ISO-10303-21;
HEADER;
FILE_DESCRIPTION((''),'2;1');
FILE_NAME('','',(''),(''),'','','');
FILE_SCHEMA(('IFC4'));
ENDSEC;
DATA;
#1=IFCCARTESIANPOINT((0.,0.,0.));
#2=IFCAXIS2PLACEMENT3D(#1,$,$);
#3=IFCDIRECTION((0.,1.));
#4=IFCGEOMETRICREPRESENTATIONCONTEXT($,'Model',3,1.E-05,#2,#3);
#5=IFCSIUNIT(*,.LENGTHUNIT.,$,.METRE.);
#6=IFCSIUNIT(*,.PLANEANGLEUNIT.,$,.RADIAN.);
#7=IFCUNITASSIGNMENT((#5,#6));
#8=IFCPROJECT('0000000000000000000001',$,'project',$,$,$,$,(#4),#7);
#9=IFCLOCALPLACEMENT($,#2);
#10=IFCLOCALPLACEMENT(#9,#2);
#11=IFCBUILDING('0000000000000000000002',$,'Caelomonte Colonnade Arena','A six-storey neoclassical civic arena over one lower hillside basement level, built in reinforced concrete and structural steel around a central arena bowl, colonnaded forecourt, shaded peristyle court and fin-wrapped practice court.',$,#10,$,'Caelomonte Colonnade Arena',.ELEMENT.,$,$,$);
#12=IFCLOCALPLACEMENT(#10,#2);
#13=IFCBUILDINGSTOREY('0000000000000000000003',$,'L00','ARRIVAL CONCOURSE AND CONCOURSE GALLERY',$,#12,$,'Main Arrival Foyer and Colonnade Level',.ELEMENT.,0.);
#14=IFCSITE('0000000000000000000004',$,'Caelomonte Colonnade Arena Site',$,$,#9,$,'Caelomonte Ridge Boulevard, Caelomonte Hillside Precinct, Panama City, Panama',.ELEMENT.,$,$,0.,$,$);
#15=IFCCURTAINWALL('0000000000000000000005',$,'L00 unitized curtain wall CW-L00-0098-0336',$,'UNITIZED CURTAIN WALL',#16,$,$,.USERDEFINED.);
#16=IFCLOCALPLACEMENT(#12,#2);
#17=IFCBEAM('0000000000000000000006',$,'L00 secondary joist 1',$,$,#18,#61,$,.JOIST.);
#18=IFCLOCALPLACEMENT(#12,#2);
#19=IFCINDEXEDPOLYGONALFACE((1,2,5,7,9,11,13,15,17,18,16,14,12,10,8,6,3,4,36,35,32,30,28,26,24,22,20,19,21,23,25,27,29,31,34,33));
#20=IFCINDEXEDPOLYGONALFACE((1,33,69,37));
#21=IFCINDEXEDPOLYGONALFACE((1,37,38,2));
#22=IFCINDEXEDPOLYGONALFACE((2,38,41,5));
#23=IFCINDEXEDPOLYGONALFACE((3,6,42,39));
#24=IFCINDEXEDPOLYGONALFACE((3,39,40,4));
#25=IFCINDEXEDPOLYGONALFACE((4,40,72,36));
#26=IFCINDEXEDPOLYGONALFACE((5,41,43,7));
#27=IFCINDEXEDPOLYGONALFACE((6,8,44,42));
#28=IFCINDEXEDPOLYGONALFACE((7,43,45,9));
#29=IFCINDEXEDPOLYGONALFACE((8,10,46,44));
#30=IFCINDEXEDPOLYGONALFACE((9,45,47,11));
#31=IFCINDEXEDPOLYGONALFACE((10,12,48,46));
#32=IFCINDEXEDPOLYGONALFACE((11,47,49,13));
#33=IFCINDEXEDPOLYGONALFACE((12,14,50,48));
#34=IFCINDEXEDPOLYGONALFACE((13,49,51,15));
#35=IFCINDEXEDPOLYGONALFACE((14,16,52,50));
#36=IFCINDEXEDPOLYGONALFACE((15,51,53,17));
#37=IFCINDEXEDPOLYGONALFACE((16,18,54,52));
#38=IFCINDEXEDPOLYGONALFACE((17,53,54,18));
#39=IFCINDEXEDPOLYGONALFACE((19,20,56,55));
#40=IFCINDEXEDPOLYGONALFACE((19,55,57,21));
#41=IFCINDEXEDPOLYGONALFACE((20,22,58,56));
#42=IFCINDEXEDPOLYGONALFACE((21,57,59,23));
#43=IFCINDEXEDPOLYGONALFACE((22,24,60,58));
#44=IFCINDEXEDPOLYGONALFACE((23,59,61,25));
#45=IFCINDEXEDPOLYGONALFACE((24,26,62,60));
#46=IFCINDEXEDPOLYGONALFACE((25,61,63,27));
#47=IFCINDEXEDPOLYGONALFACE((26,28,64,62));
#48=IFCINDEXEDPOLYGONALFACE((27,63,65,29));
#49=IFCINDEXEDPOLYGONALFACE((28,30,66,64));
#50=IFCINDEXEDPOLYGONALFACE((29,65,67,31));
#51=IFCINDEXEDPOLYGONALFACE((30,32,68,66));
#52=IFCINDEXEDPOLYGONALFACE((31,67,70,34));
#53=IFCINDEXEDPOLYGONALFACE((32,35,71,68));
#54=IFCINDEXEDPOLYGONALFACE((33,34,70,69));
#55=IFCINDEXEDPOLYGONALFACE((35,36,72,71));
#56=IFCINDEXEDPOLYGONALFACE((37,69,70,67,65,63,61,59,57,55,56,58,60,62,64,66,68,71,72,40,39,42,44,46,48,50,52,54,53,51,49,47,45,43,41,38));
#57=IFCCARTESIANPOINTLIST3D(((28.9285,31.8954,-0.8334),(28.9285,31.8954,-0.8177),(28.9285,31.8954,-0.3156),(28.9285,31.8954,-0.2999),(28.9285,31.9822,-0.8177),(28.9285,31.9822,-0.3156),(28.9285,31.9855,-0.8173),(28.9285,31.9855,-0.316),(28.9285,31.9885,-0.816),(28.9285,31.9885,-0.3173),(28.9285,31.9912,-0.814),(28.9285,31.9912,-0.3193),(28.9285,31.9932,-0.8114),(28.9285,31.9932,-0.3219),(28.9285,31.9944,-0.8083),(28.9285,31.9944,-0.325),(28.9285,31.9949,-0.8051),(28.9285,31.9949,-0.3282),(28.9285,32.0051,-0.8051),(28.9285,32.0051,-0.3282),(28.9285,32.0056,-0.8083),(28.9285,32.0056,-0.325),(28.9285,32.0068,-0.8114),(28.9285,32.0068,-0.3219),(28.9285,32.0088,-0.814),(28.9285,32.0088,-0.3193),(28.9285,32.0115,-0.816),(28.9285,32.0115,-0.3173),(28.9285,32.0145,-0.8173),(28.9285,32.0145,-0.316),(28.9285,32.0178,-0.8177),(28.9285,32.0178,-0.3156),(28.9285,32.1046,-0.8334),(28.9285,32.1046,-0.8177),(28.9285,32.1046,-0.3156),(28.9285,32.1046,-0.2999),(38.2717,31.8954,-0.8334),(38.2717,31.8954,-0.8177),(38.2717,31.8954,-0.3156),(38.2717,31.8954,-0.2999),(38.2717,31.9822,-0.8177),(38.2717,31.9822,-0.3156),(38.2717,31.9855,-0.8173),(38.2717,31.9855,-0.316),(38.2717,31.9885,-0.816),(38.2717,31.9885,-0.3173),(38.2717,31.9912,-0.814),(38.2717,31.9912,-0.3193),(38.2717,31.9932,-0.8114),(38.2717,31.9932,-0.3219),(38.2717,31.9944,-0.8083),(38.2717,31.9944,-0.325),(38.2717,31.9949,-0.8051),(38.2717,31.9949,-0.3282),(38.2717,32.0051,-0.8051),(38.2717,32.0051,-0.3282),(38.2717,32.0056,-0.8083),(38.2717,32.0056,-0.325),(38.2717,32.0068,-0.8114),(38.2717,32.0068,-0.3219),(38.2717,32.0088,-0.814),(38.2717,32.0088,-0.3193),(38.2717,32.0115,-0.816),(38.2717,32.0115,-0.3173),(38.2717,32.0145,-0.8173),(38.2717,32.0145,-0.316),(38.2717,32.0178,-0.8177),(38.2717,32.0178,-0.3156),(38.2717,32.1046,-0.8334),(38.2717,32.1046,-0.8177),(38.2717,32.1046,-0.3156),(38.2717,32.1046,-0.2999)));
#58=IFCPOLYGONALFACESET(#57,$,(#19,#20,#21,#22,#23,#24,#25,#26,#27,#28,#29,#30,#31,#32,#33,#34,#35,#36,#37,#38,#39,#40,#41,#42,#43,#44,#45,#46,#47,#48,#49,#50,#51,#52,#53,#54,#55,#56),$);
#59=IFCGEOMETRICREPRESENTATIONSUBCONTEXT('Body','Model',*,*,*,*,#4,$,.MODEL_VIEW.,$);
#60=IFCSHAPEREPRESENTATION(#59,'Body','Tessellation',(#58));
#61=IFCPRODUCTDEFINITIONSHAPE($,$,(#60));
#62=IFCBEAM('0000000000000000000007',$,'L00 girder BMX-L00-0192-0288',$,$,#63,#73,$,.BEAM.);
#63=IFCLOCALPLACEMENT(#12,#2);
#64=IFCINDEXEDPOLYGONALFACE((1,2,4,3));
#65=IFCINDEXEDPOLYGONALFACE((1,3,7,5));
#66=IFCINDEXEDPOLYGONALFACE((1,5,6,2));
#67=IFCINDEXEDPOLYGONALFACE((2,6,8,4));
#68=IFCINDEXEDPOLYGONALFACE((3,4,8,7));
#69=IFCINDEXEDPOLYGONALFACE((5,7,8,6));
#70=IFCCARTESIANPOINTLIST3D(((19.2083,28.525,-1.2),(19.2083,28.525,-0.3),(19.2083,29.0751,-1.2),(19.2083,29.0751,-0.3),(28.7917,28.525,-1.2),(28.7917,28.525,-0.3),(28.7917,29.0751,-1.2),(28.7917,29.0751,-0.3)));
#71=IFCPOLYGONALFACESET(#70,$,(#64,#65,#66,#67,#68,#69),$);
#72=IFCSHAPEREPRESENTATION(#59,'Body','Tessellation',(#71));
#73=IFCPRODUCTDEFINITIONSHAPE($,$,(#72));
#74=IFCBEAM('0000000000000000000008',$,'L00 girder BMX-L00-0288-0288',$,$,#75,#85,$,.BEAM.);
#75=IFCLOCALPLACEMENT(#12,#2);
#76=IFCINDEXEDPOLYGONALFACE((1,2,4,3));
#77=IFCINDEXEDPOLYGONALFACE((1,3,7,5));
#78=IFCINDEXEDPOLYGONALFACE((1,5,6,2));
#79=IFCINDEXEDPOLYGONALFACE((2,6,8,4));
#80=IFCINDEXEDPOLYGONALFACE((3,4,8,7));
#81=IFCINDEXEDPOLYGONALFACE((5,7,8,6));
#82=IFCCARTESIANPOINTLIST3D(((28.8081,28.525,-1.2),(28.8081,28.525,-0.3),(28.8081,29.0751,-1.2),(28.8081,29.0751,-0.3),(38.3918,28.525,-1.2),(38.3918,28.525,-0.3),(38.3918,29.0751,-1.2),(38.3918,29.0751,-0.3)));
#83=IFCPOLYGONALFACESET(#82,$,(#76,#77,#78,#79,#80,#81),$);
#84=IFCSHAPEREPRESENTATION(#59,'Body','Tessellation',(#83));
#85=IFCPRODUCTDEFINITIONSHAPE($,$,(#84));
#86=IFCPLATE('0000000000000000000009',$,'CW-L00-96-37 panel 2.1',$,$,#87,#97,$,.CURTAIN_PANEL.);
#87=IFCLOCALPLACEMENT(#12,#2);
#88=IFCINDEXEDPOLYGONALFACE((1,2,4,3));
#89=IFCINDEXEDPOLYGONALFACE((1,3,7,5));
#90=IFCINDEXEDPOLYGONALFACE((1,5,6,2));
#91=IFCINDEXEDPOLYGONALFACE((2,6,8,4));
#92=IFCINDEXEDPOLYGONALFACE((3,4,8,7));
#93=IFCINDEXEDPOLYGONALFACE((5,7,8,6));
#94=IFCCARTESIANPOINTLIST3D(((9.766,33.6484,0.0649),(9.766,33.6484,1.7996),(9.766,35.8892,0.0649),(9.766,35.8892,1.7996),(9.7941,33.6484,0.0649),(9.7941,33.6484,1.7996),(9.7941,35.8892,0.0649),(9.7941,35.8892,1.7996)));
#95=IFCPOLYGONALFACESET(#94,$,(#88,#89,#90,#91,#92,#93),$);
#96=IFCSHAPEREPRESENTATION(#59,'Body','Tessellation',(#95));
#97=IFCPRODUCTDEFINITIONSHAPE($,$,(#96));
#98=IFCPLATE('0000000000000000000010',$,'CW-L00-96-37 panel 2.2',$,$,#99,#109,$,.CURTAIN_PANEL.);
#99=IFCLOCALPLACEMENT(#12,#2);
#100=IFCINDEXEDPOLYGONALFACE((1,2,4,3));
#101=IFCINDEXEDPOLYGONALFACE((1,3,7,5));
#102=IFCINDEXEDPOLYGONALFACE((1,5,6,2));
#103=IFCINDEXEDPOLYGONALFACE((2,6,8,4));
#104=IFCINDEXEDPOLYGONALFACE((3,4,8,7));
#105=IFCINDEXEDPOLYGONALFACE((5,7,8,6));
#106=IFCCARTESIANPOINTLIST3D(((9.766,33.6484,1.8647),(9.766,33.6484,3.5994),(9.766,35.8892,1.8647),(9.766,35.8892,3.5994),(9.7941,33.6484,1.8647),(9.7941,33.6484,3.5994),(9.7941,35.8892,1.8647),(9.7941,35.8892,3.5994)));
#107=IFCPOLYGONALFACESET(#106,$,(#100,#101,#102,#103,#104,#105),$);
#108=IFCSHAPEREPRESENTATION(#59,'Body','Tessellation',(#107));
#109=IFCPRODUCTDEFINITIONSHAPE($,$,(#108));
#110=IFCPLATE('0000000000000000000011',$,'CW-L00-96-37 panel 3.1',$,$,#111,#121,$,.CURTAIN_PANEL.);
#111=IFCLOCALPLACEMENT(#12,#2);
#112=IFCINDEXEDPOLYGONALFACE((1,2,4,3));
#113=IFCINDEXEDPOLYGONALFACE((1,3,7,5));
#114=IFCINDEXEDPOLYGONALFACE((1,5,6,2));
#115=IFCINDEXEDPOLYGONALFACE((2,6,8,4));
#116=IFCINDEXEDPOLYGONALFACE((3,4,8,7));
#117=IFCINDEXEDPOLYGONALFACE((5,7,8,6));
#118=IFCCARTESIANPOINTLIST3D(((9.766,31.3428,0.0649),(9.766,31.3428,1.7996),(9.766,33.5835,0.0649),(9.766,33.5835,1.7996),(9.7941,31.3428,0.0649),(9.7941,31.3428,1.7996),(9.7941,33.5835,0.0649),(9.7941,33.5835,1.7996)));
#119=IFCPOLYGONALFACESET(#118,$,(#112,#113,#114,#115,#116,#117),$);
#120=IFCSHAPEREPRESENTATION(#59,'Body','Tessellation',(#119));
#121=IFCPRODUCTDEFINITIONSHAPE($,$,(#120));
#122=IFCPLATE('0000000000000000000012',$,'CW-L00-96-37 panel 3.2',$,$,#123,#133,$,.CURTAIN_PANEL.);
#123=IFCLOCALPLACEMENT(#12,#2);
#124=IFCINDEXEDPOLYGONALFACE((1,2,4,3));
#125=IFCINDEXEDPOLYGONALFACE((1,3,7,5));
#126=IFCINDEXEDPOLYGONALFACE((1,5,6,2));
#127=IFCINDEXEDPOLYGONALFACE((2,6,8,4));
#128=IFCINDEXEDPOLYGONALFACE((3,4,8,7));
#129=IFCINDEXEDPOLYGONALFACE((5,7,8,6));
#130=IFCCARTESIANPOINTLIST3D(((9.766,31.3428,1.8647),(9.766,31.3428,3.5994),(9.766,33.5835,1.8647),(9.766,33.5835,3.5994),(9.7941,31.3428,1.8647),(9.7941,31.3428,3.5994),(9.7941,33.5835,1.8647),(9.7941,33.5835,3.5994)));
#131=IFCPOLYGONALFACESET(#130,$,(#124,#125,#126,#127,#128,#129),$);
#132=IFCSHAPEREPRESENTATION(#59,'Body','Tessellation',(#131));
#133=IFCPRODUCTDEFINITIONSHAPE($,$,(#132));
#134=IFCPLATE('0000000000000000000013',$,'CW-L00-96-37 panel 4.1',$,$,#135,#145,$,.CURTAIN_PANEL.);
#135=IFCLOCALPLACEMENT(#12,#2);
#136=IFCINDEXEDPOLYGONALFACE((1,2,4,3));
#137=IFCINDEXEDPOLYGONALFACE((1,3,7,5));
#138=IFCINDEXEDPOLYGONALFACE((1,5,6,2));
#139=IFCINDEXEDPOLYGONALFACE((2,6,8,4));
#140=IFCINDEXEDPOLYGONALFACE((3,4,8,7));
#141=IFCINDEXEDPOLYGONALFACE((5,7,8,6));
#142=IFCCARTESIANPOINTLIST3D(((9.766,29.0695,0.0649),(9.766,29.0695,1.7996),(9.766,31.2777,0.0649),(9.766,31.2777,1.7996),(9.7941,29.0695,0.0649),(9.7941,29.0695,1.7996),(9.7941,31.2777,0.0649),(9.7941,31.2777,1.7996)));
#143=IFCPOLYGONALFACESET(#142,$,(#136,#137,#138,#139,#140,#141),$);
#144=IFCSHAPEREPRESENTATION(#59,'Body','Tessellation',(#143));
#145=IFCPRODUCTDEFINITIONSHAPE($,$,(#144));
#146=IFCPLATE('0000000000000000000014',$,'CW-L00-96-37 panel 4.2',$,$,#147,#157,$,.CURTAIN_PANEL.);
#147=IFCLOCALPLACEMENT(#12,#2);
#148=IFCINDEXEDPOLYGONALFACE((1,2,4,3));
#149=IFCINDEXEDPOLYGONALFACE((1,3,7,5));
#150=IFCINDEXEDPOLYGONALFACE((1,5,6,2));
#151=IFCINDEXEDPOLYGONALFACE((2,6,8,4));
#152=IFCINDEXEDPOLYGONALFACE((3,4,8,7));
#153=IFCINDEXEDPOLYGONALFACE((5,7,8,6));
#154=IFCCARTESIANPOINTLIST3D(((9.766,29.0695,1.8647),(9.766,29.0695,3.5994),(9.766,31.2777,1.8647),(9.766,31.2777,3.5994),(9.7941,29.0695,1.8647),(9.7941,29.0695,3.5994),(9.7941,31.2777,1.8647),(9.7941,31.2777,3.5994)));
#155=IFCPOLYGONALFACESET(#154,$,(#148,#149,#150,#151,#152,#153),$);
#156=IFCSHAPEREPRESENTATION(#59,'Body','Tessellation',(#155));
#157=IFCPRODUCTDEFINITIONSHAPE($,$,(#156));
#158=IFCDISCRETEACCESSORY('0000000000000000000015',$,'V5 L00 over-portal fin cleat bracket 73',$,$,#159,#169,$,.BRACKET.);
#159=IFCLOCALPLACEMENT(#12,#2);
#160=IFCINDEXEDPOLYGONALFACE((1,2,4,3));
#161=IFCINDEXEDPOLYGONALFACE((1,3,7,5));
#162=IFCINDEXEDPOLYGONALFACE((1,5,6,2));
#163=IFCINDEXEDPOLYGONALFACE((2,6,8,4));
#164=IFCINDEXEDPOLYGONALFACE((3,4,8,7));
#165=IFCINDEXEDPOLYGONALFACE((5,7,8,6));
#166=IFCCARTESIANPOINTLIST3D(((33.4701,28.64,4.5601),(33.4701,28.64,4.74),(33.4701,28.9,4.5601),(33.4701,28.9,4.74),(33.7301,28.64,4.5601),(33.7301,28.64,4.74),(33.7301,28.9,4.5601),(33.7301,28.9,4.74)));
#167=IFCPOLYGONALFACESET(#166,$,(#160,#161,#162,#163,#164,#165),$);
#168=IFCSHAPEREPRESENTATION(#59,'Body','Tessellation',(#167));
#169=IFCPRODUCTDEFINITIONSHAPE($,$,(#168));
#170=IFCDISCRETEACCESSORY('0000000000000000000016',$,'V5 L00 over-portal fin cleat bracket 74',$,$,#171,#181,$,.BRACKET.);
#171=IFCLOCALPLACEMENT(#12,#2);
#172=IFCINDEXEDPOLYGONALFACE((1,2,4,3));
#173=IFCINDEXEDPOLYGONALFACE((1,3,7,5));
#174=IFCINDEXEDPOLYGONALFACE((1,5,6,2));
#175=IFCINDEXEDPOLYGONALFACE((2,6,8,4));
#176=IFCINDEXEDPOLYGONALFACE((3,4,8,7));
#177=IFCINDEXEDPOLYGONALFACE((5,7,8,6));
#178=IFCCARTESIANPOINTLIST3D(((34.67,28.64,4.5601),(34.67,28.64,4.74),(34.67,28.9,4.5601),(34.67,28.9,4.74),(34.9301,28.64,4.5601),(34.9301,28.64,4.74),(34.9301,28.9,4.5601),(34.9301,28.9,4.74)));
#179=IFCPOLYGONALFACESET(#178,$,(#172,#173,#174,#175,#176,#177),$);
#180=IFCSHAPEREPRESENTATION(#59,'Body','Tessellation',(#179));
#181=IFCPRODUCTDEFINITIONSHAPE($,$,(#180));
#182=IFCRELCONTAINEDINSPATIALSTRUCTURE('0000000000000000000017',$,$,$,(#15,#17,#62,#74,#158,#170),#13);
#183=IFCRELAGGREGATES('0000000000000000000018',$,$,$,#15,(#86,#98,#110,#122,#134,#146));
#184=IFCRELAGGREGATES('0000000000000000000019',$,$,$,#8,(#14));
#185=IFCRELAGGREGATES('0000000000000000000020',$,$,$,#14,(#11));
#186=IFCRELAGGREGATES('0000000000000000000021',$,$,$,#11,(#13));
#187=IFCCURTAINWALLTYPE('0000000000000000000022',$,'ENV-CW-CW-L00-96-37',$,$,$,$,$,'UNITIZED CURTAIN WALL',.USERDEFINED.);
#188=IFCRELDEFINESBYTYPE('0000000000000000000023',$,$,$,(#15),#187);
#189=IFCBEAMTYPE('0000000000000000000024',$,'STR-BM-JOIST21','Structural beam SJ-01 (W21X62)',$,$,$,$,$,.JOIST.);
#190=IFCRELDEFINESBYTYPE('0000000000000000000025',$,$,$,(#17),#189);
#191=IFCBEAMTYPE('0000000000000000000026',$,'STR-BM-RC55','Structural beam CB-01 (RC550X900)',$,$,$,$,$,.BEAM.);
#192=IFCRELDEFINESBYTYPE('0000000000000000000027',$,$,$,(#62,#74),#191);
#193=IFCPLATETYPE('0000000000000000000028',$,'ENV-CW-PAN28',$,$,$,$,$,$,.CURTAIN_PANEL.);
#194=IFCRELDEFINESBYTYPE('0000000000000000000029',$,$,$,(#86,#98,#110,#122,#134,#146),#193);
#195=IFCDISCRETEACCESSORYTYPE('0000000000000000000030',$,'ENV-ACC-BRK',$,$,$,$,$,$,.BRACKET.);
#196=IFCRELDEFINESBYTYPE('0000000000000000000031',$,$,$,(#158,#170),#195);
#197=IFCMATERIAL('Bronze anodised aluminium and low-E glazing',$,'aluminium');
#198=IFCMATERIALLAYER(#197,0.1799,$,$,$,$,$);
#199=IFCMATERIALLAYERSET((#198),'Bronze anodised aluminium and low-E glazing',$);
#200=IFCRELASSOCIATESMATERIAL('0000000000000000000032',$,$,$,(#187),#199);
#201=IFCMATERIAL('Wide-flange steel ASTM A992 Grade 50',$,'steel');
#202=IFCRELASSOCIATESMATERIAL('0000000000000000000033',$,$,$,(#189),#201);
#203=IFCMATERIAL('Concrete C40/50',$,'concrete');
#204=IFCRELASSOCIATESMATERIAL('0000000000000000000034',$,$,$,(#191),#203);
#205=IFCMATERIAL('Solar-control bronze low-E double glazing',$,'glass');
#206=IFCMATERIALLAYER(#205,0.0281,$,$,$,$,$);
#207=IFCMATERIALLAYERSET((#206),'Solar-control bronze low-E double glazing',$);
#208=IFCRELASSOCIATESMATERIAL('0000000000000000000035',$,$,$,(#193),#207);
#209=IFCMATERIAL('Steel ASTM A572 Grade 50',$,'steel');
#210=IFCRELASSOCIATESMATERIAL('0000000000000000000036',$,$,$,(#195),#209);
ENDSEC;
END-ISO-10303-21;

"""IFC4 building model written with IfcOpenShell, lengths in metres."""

from ifc_helpers import new_model, si_unit, direction, frame, origin, origin_2d, place, context, subcontext, project, spatial, rectangle, i_section, extrude, material, layer, layer_set, material_profile, profile_set, type_object, element, aggregate, save


model = new_model("IFC4")

# Units and contexts
model_context = context("Model", 3, precision=1e-05, world=origin(), true_north=direction((0.0, 1.0)))
body_context = subcontext(model_context, "Body", "Model", "MODEL_VIEW")
ifc_project = project(units=[si_unit("LENGTHUNIT", "METRE"), si_unit("PLANEANGLEUNIT", "RADIAN")], contexts=[model_context])

# Site, building, storey
site_placement = place(None, origin())
site = spatial("IfcSite", under=ifc_project, at=site_placement, Name="Caelomonte Colonnade Arena Site", LongName="Caelomonte Ridge Boulevard, Caelomonte Hillside Precinct, Panama City, Panama", CompositionType="ELEMENT", RefElevation=0.0)
building_placement = place(site_placement, origin())
building = spatial("IfcBuilding", under=site, at=building_placement, Name="Caelomonte Colonnade Arena", Description="A six-storey neoclassical civic arena over one lower hillside basement level, built in reinforced concrete and structural steel around a central arena bowl, colonnaded forecourt, shaded peristyle court and fin-wrapped practice court.", LongName="Caelomonte Colonnade Arena", CompositionType="ELEMENT")
storey_placement = place(building_placement, origin())
storey = spatial("IfcBuildingStorey", under=building, at=storey_placement, Name="L00", Description="ARRIVAL CONCOURSE AND CONCOURSE GALLERY", LongName="Main Arrival Foyer and Colonnade Level", CompositionType="ELEMENT", Elevation=0.0)

# Shared definitions
ifc_material_1 = material(Name="Wide-flange steel ASTM A992 Grade 50", Category="steel")

# Curtain wall
ifc_material_2 = material(Name="Bronze anodised aluminium and low-E glazing", Category="aluminium")
ifc_layer_1 = layer(ifc_material_2, 0.1799)
ifc_layer_set_1 = layer_set([ifc_layer_1], Name="Bronze anodised aluminium and low-E glazing")
curtain_wall_type = type_object("IfcCurtainWallType", Name="ENV-CW-CW-L00-96-37", ElementType="UNITIZED CURTAIN WALL", PredefinedType="USERDEFINED", material=ifc_layer_set_1)
curtain_wall_placement = place(storey_placement, origin())
curtain_wall = element("IfcCurtainWall", 1, at=curtain_wall_placement, inside=storey, type_object=curtain_wall_type, Name="L00 unitized curtain wall CW-L00-0098-0336", ObjectType="UNITIZED CURTAIN WALL", PredefinedType="USERDEFINED")

# Beams
ifc_material_profile_1 = material_profile(ifc_material_1, i_section(OverallWidth=0.2092, OverallDepth=0.5334, WebThickness=0.0103, FlangeThickness=0.0156, FilletRadius=0.0127, at=origin_2d()), Name="W21X62")
ifc_profile_set_1 = profile_set([ifc_material_profile_1], Name="Wide-flange steel ASTM A992 Grade 50")
beam_type_1 = type_object("IfcBeamType", Name="STR-BM-JOIST21", Description="Structural beam SJ-01 (W21X62)", PredefinedType="JOIST", material=ifc_profile_set_1)
for number, where, z_axis, x_axis, name in (
    (2, (28.9285, 32.0, -0.5667), (1.0, 0.0, 0.0), (0.0, 1.0, 0.0), "L00 secondary joist 1"),
):
    element("IfcBeam", number, at=place(storey_placement, frame(where, z_axis=z_axis, x_axis=x_axis)), inside=storey, type_object=beam_type_1, Name=name, PredefinedType="JOIST", context=body_context, shape_type="SweptSolid", body=[
        extrude(i_section(OverallWidth=0.2092, OverallDepth=0.5334, WebThickness=0.0103, FlangeThickness=0.0156, FilletRadius=0.0127, at=origin_2d()), origin(), (0.0, 0.0, 1.0), 9.3433),
    ])
ifc_material_3 = material(Name="Concrete C40/50", Category="concrete")
ifc_material_profile_2 = material_profile(ifc_material_3, rectangle(XDim=0.55, YDim=0.8999, at=origin_2d()), Name="RC550X900")
ifc_profile_set_2 = profile_set([ifc_material_profile_2], Name="Concrete C40/50")
beam_type_2 = type_object("IfcBeamType", Name="STR-BM-RC55", Description="Structural beam CB-01 (RC550X900)", PredefinedType="BEAM", material=ifc_profile_set_2)
beam_1_placement = place(storey_placement, frame((19.2083, 28.8, -0.75), z_axis=(1.0, 0.0, 0.0), x_axis=(0.0, 1.0, 0.0)))
element("IfcBeam", 3, at=beam_1_placement, inside=storey, type_object=beam_type_2, Name="L00 girder BMX-L00-0192-0288", PredefinedType="BEAM", context=body_context, shape_type="SweptSolid", body=[
    extrude(rectangle(XDim=0.55, YDim=0.8999, at=origin_2d()), origin(), (0.0, 0.0, 1.0), 9.5835),
])
beam_2_placement = place(storey_placement, frame((28.8081, 28.8, -0.75), z_axis=(1.0, 0.0, 0.0), x_axis=(0.0, 1.0, 0.0)))
element("IfcBeam", 4, at=beam_2_placement, inside=storey, type_object=beam_type_2, Name="L00 girder BMX-L00-0288-0288", PredefinedType="BEAM", context=body_context, shape_type="SweptSolid", body=[
    extrude(rectangle(XDim=0.55, YDim=0.8999, at=origin_2d()), origin(), (0.0, 0.0, 1.0), 9.5837),
])

# Plates
ifc_material_4 = material(Name="Solar-control bronze low-E double glazing", Category="glass")
ifc_layer_2 = layer(ifc_material_4, 0.0281)
ifc_layer_set_2 = layer_set([ifc_layer_2], Name="Solar-control bronze low-E double glazing")
plate_type = type_object("IfcPlateType", Name="ENV-CW-PAN28", PredefinedType="CURTAIN_PANEL", material=ifc_layer_set_2)
plate_1_placement = place(storey_placement, frame((9.78, 34.7688, 0.0649), z_axis=(0.0, 0.0, 1.0), x_axis=(0.0, -1.0, 0.0)))
plate_1 = element("IfcPlate", 5, at=plate_1_placement, type_object=plate_type, Name="CW-L00-96-37 panel 2.1", PredefinedType="CURTAIN_PANEL", context=body_context, shape_type="SweptSolid", body=[
    extrude(rectangle(XDim=2.2407, YDim=0.0281, at=origin_2d()), origin(), (0.0, 0.0, 1.0), 1.7346),
])
plate_2_placement = place(storey_placement, frame((9.78, 34.7688, 1.8647), z_axis=(0.0, 0.0, 1.0), x_axis=(0.0, -1.0, 0.0)))
plate_2 = element("IfcPlate", 6, at=plate_2_placement, type_object=plate_type, Name="CW-L00-96-37 panel 2.2", PredefinedType="CURTAIN_PANEL", context=body_context, shape_type="SweptSolid", body=[
    extrude(rectangle(XDim=2.2407, YDim=0.0281, at=origin_2d()), origin(), (0.0, 0.0, 1.0), 1.7346),
])
plate_3_placement = place(storey_placement, frame((9.78, 32.4631, 0.0649), z_axis=(0.0, 0.0, 1.0), x_axis=(0.0, -1.0, 0.0)))
plate_3 = element("IfcPlate", 7, at=plate_3_placement, type_object=plate_type, Name="CW-L00-96-37 panel 3.1", PredefinedType="CURTAIN_PANEL", context=body_context, shape_type="SweptSolid", body=[
    extrude(rectangle(XDim=2.2407, YDim=0.0281, at=origin_2d()), origin(), (0.0, 0.0, 1.0), 1.7346),
])
plate_4_placement = place(storey_placement, frame((9.78, 32.4631, 1.8647), z_axis=(0.0, 0.0, 1.0), x_axis=(0.0, -1.0, 0.0)))
plate_4 = element("IfcPlate", 8, at=plate_4_placement, type_object=plate_type, Name="CW-L00-96-37 panel 3.2", PredefinedType="CURTAIN_PANEL", context=body_context, shape_type="SweptSolid", body=[
    extrude(rectangle(XDim=2.2407, YDim=0.0281, at=origin_2d()), origin(), (0.0, 0.0, 1.0), 1.7346),
])
plate_5_placement = place(storey_placement, frame((9.78, 30.1736, 0.0649), z_axis=(0.0, 0.0, 1.0), x_axis=(0.0, -1.0, 0.0)))
plate_5 = element("IfcPlate", 9, at=plate_5_placement, type_object=plate_type, Name="CW-L00-96-37 panel 4.1", PredefinedType="CURTAIN_PANEL", context=body_context, shape_type="SweptSolid", body=[
    extrude(rectangle(XDim=2.2083, YDim=0.0281, at=origin_2d()), origin(), (0.0, 0.0, 1.0), 1.7346),
])
plate_6_placement = place(storey_placement, frame((9.78, 30.1736, 1.8647), z_axis=(0.0, 0.0, 1.0), x_axis=(0.0, -1.0, 0.0)))
plate_6 = element("IfcPlate", 10, at=plate_6_placement, type_object=plate_type, Name="CW-L00-96-37 panel 4.2", PredefinedType="CURTAIN_PANEL", context=body_context, shape_type="SweptSolid", body=[
    extrude(rectangle(XDim=2.2083, YDim=0.0281, at=origin_2d()), origin(), (0.0, 0.0, 1.0), 1.7346),
])
aggregate(curtain_wall, [plate_1, plate_2, plate_3, plate_4, plate_5, plate_6])

# Discrete accessories
ifc_material_5 = material(Name="Steel ASTM A572 Grade 50", Category="steel")
discrete_accessory_type = type_object("IfcDiscreteAccessoryType", Name="ENV-ACC-BRK", PredefinedType="BRACKET", material=ifc_material_5)
for number, where, z_axis, x_axis, name in (
    (11, (33.6001, 28.77, 4.5601), (0.0, 0.0, 1.0), (1.0, 0.0, 0.0), "V5 L00 over-portal fin cleat bracket 73"),
    (12, (34.8, 28.77, 4.5601), (0.0, 0.0, 1.0), (1.0, 0.0, 0.0), "V5 L00 over-portal fin cleat bracket 74"),
):
    element("IfcDiscreteAccessory", number, at=place(storey_placement, frame(where, z_axis=z_axis, x_axis=x_axis)), inside=storey, type_object=discrete_accessory_type, Name=name, PredefinedType="BRACKET", context=body_context, shape_type="SweptSolid", body=[
        extrude(rectangle(XDim=0.26, YDim=0.26, at=origin_2d()), origin(), (0.0, 0.0, 1.0), 0.1799),
    ])

save(model, "model.ifc")
